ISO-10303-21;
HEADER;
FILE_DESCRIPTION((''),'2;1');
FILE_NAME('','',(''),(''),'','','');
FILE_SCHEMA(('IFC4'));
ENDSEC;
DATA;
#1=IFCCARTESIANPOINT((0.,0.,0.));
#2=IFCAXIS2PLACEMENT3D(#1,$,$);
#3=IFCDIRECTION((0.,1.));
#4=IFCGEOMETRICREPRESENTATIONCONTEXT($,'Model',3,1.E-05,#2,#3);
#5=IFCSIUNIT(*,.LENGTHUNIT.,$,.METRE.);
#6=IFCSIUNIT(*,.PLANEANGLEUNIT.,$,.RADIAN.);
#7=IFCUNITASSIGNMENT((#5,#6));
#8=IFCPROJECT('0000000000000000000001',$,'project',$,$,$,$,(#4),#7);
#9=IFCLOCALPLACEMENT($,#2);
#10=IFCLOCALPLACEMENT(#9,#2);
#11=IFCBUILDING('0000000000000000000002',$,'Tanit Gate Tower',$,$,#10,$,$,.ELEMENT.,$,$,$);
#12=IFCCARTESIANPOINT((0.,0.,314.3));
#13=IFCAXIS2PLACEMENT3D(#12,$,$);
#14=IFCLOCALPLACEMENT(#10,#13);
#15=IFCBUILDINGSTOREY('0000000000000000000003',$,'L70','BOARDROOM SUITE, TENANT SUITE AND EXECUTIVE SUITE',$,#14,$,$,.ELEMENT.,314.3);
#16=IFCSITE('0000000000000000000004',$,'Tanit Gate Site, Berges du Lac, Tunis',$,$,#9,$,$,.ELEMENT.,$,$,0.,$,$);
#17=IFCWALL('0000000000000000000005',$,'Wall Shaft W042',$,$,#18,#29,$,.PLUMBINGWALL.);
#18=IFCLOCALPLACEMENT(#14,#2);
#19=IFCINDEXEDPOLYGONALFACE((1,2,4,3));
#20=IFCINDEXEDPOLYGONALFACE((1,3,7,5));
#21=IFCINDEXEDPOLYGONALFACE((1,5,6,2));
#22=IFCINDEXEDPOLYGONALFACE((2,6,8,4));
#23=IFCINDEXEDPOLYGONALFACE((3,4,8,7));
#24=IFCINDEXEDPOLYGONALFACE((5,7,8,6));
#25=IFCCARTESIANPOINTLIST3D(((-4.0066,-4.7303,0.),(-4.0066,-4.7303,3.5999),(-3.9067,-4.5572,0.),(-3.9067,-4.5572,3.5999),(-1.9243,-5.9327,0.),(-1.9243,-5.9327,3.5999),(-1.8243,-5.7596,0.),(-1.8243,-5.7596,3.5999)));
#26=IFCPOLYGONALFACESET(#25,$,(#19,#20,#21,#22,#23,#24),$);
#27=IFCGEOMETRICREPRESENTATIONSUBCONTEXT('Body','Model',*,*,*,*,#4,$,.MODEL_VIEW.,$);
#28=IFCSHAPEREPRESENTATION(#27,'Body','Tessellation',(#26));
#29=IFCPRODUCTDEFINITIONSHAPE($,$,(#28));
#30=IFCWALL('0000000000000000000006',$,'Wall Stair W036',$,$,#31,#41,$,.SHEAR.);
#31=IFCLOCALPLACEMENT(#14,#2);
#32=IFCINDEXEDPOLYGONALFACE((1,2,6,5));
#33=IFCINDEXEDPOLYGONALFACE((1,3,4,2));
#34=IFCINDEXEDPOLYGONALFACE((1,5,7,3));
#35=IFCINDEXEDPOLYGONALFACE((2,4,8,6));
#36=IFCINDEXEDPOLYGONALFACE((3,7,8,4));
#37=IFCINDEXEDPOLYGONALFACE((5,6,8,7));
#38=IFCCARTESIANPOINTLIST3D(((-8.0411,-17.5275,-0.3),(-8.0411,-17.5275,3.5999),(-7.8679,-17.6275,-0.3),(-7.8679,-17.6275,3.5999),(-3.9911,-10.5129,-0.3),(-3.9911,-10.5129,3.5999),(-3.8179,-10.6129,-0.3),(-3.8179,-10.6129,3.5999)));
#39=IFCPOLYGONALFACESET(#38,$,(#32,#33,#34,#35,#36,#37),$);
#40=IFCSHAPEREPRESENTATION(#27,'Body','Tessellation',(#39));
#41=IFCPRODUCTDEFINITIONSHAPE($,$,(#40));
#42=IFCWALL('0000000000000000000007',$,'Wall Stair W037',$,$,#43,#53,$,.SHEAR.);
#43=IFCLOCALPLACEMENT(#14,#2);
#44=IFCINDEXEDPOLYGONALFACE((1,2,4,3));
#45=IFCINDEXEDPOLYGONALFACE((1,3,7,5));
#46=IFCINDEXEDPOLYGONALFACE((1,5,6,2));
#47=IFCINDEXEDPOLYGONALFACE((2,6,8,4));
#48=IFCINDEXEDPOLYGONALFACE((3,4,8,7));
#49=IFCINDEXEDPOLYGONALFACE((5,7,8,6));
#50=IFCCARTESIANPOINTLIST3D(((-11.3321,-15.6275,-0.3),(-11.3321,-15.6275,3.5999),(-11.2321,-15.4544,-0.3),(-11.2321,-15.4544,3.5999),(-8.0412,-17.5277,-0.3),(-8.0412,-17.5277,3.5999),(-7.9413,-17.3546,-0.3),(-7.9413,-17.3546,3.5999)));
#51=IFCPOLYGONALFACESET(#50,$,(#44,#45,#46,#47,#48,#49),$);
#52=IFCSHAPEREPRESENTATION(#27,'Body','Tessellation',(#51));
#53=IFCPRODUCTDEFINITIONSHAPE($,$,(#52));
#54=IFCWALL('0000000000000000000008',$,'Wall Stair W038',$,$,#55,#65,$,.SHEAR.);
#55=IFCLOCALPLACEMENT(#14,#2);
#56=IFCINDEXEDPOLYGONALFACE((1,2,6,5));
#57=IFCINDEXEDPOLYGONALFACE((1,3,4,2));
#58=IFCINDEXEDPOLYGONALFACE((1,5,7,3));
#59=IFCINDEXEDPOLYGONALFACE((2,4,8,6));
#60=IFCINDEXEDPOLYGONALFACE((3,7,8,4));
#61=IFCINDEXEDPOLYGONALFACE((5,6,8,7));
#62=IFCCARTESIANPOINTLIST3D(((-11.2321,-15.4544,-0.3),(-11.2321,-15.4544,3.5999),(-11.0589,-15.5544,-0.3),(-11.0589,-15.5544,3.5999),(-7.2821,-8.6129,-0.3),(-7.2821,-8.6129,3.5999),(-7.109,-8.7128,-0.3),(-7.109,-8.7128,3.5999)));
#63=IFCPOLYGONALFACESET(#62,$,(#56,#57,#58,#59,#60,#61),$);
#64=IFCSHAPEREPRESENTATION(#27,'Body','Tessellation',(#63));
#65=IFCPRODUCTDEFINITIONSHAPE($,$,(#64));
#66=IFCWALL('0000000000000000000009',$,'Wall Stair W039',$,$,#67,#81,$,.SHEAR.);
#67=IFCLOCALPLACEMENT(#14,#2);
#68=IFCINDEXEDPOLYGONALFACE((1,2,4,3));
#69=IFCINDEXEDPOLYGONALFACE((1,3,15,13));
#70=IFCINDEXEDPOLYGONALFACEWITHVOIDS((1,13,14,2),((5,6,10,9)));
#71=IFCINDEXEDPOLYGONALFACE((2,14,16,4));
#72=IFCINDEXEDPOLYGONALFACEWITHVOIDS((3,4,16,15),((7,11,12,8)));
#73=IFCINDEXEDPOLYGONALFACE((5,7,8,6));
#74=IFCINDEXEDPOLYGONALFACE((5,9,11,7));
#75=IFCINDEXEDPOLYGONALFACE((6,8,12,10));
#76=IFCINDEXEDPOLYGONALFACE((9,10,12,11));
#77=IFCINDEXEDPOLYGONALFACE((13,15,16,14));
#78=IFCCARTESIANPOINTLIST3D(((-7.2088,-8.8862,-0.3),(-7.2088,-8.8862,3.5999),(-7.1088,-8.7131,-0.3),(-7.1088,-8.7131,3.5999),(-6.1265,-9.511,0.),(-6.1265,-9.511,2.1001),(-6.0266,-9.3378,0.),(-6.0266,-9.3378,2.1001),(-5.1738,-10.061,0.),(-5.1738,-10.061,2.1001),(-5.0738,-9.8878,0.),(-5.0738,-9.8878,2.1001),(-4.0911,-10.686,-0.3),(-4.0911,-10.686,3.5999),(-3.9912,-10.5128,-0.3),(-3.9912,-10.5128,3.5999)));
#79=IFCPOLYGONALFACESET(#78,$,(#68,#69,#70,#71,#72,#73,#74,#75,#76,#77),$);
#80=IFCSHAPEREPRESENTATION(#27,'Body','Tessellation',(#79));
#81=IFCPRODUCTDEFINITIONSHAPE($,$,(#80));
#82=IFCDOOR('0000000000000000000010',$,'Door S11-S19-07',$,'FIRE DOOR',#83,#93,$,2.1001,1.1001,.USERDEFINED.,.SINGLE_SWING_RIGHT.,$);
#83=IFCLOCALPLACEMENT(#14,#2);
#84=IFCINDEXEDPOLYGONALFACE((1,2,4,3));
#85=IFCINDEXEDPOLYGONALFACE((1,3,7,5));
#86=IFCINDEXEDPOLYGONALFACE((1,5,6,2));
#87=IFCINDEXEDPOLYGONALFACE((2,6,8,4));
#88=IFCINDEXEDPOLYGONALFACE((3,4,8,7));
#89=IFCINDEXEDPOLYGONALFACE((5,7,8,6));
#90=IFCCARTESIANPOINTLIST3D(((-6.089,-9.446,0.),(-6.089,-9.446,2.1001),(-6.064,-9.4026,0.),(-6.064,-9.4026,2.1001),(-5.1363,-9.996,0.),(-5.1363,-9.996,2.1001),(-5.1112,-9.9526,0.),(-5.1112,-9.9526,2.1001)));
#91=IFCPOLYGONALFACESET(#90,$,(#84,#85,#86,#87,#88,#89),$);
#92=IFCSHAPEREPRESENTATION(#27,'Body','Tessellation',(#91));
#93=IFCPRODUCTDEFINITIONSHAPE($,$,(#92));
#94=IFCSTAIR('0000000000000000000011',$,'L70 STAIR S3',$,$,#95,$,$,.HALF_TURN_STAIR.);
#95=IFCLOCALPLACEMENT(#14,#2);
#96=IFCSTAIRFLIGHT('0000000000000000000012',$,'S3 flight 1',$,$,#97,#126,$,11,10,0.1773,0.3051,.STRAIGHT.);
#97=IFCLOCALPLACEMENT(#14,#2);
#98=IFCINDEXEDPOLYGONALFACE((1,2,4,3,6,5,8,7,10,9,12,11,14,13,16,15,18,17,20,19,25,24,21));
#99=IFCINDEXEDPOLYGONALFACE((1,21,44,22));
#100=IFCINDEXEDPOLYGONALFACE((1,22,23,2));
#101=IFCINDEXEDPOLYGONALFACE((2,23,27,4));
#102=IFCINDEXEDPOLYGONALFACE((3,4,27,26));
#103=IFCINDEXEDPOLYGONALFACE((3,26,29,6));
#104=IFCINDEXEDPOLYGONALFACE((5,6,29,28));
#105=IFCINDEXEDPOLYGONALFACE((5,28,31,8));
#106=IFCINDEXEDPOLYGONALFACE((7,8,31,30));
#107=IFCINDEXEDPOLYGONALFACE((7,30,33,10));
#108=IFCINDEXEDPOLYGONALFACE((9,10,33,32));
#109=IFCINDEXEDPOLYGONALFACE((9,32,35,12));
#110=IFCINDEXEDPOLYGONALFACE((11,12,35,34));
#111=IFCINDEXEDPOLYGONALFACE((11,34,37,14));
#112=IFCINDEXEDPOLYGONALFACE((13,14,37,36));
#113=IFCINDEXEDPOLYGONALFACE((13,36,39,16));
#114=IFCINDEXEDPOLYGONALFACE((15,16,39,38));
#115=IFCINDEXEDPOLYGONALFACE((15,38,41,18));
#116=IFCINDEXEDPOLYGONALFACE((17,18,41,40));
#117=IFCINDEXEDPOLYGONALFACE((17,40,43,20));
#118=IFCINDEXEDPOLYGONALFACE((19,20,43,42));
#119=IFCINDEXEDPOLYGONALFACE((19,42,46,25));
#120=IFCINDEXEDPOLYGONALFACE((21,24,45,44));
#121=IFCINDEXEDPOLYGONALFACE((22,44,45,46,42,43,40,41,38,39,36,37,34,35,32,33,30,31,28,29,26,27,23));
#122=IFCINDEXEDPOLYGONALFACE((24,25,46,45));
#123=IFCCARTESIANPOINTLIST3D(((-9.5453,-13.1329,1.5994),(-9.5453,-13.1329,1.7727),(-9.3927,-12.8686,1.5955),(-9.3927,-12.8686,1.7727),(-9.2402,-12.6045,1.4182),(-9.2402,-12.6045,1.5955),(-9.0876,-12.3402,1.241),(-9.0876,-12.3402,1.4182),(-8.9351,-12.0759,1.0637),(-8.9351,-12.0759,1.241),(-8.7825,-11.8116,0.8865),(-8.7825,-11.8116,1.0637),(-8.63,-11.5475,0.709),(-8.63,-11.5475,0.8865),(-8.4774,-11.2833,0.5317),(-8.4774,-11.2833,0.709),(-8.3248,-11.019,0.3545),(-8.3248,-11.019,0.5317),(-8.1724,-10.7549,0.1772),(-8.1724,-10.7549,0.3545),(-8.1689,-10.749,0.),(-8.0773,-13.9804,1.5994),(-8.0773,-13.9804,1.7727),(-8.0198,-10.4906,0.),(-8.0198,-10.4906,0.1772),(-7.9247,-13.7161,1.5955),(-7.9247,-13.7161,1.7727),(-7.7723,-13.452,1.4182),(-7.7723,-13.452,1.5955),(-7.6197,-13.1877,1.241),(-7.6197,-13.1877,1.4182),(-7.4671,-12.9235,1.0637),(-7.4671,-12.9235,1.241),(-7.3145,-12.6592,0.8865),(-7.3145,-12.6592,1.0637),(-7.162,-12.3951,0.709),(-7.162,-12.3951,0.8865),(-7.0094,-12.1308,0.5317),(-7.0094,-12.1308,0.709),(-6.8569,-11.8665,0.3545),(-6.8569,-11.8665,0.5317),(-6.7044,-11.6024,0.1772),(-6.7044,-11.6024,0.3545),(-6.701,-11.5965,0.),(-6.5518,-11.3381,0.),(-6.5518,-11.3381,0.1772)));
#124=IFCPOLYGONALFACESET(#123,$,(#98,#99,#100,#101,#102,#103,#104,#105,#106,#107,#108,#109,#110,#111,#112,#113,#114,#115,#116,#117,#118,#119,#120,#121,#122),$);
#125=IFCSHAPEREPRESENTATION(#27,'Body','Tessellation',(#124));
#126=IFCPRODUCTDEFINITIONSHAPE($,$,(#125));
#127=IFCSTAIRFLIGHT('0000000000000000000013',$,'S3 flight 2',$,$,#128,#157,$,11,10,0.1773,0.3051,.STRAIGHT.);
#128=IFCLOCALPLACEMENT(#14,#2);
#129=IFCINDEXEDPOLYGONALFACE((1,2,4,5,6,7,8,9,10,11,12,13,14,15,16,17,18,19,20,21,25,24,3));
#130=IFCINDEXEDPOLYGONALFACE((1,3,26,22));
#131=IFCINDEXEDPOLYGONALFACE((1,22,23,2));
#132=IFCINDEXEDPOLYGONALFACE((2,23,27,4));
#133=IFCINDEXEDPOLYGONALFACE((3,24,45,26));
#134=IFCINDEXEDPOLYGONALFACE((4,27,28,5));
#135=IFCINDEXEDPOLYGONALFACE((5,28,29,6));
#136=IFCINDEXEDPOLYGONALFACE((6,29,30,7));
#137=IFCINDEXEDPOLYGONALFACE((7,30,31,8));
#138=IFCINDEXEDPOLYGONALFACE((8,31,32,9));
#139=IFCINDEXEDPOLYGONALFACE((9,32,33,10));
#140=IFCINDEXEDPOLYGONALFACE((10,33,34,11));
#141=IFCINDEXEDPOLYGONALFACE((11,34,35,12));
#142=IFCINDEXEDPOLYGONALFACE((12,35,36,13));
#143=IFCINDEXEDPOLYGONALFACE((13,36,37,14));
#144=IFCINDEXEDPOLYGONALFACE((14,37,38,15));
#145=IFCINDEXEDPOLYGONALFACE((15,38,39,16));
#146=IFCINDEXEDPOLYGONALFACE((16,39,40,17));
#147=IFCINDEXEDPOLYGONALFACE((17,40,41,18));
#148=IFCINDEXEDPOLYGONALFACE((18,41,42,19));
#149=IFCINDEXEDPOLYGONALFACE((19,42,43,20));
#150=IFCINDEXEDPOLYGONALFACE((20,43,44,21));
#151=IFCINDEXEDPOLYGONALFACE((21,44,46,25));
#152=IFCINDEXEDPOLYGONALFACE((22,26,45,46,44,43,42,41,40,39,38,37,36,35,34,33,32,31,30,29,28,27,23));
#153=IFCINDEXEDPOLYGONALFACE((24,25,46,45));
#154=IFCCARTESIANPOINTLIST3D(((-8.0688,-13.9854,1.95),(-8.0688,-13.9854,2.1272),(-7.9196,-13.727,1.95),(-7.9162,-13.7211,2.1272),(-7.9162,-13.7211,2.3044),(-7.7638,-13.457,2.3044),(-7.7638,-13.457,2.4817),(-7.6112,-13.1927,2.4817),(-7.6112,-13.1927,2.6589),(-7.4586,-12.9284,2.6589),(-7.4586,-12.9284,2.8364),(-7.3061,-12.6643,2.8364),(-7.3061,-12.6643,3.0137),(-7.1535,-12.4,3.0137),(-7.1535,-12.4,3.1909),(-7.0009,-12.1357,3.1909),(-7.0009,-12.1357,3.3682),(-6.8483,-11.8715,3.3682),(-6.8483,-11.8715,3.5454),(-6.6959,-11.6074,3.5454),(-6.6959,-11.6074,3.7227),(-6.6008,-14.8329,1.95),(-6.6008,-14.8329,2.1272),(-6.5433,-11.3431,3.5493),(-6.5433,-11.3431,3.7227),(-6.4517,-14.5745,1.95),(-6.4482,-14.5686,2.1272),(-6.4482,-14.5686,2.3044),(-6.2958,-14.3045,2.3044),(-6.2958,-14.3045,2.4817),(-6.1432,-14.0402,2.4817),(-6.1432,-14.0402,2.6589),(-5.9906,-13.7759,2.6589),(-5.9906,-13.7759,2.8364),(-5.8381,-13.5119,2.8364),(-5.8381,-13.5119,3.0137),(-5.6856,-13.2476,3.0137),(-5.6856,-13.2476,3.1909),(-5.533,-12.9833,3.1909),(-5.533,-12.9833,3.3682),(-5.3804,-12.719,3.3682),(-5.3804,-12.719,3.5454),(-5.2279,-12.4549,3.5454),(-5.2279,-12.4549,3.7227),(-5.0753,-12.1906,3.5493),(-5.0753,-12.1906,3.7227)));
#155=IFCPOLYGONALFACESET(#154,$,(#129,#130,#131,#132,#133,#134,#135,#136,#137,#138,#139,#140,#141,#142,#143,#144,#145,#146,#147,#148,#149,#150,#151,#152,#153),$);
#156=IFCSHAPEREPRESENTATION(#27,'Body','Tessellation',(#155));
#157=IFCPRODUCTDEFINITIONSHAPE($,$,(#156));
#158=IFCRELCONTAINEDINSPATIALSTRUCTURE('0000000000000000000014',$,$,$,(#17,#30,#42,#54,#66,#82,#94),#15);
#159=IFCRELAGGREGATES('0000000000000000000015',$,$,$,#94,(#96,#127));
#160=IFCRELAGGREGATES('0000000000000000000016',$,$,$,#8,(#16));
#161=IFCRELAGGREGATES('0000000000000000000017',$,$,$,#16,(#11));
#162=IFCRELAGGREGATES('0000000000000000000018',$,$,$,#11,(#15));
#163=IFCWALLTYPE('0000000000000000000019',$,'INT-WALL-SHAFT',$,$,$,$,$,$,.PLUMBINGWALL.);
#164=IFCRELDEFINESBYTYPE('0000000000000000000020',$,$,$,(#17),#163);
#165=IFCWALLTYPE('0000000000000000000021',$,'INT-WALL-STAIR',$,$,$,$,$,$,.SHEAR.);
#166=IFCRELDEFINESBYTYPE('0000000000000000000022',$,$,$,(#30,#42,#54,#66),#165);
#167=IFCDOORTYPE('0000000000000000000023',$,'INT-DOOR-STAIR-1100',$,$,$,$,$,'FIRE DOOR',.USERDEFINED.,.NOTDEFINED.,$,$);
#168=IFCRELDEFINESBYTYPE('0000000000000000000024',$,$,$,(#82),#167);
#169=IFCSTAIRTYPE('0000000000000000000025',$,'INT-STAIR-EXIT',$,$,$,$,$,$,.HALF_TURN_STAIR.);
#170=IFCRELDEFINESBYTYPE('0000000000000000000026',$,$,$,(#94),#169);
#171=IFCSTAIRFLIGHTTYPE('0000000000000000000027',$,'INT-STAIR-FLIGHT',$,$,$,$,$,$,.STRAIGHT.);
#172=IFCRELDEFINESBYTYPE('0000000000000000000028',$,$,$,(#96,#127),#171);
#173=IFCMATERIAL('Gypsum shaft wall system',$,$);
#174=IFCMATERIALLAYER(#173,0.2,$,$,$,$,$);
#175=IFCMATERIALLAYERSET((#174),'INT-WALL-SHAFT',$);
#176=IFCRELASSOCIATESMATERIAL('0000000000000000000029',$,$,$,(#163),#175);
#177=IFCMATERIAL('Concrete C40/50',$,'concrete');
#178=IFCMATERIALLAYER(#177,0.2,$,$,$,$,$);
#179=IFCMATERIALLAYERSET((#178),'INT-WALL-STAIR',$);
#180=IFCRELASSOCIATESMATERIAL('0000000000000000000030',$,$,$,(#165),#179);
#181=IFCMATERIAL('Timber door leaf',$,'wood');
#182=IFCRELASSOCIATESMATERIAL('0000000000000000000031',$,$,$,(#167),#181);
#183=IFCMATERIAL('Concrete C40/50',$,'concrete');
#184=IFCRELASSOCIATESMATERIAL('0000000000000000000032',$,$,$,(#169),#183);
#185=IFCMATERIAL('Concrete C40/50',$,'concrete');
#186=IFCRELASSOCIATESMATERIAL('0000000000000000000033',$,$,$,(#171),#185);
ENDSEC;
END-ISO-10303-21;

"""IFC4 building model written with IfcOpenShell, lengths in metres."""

from ifc_helpers import new_model, si_unit, direction, frame, frame_2d, origin, place, context, subcontext, project, spatial, polyline, rectangle, outline, extrude, material, layer, layer_set, type_object, element, fill, aggregate, save


model = new_model("IFC4")

# Units and contexts
model_context = context("Model", 3, precision=1e-05, world=origin(), true_north=direction((0.0, 1.0)))
body_context = subcontext(model_context, "Body", "Model", "MODEL_VIEW")
ifc_project = project(units=[si_unit("LENGTHUNIT", "METRE"), si_unit("PLANEANGLEUNIT", "RADIAN")], contexts=[model_context])

# Site, building, storey
site_placement = place(None, origin())
site = spatial("IfcSite", under=ifc_project, at=site_placement, Name="Tanit Gate Site, Berges du Lac, Tunis", CompositionType="ELEMENT", RefElevation=0.0)
building_placement = place(site_placement, origin())
building = spatial("IfcBuilding", under=site, at=building_placement, Name="Tanit Gate Tower", CompositionType="ELEMENT")
storey_placement = place(building_placement, frame((0.0, 0.0, 314.3)))
storey = spatial("IfcBuildingStorey", under=building, at=storey_placement, Name="L70", Description="BOARDROOM SUITE, TENANT SUITE AND EXECUTIVE SUITE", CompositionType="ELEMENT", Elevation=314.3)

# Walls
ifc_material_1 = material(Name="Gypsum shaft wall system")
ifc_layer_1 = layer(ifc_material_1, 0.2)
ifc_layer_set_1 = layer_set([ifc_layer_1], Name="INT-WALL-SHAFT")
wall_type_1 = type_object("IfcWallType", Name="INT-WALL-SHAFT", PredefinedType="PLUMBINGWALL", material=ifc_layer_set_1)
wall_1_placement = place(storey_placement, frame((-3.9565, -4.6438, 0.0), z_axis=(0.0, 0.0, 1.0), x_axis=(0.865991, -0.500059, 0.0)))
element("IfcWall", 1, at=wall_1_placement, inside=storey, type_object=wall_type_1, Name="Wall Shaft W042", PredefinedType="PLUMBINGWALL", context=body_context, shape_type="SweptSolid", body=[
    extrude(rectangle(XDim=2.4045, YDim=0.2, at=frame_2d((1.2021, 0.0))), origin(), (0.0, 0.0, 1.0), 3.5999),
])
ifc_material_2 = material(Name="Concrete C40/50", Category="concrete")
ifc_layer_2 = layer(ifc_material_2, 0.2)
ifc_layer_set_2 = layer_set([ifc_layer_2], Name="INT-WALL-STAIR")
wall_type_2 = type_object("IfcWallType", Name="INT-WALL-STAIR", PredefinedType="SHEAR", material=ifc_layer_set_2)
wall_2_placement = place(storey_placement, frame((-3.9045, -10.563, -0.3), z_axis=(0.0, 0.0, 1.0), x_axis=(-0.500013, -0.866018, 0.0)))
element("IfcWall", 2, at=wall_2_placement, inside=storey, type_object=wall_type_2, Name="Wall Stair W036", PredefinedType="SHEAR", context=body_context, shape_type="SweptSolid", body=[
    extrude(rectangle(XDim=8.0999, YDim=0.2, at=frame_2d((4.0498, 0.0))), origin(), (0.0, 0.0, 1.0), 3.8999),
])
wall_3_placement = place(storey_placement, frame((-11.282, -15.541, -0.3), z_axis=(0.0, 0.0, 1.0), x_axis=(0.866, -0.500043, 0.0)))
element("IfcWall", 3, at=wall_3_placement, inside=storey, type_object=wall_type_2, Name="Wall Stair W037", PredefinedType="SHEAR", context=body_context, shape_type="SweptSolid", body=[
    extrude(rectangle(XDim=3.8, YDim=0.2, at=frame_2d((1.8999, 0.0))), origin(), (0.0, 0.0, 1.0), 3.8999),
])
wall_4_placement = place(storey_placement, frame((-7.1956, -8.6628, -0.3), z_axis=(0.0, 0.0, 1.0), x_axis=(-0.499998, -0.866027, 0.0)))
element("IfcWall", 4, at=wall_4_placement, inside=storey, type_object=wall_type_2, Name="Wall Stair W038", PredefinedType="SHEAR", context=body_context, shape_type="SweptSolid", body=[
    extrude(rectangle(XDim=7.8999, YDim=0.2, at=frame_2d((3.95, 0.0))), origin(), (0.0, 0.0, 1.0), 3.8999),
])

# Wall, opening, door
wall_5_placement = place(storey_placement, frame((-4.0413, -10.5994, -0.3), z_axis=(0.0, 0.0, 1.0), x_axis=(-0.866048, 0.499961, 0.0)))
wall_5 = element("IfcWall", 5, at=wall_5_placement, inside=storey, type_object=wall_type_2, Name="Wall Stair W039", PredefinedType="SHEAR", context=body_context, shape_type="SweptSolid", body=[
    extrude(rectangle(XDim=3.5999, YDim=0.2, at=frame_2d((1.7998, 0.0))), origin(), (0.0, 0.0, 1.0), 3.8999),
])
opening_1_placement = place(wall_5_placement, frame((1.25, 0.0, 0.3)))
opening_1 = element("IfcOpeningElement", 6, at=opening_1_placement, cuts=wall_5, PredefinedType="OPENING", context=body_context, shape_type="SweptSolid", body=[
    extrude(rectangle(XDim=1.1001, YDim=2.1001, at=frame_2d((0.55, 1.05))), frame((0.0, 0.1099, 0.0), z_axis=(0.0, -1.0, 0.0), x_axis=(1.0, 0.0, 0.0)), (0.0, 0.0, 1.0), 0.22),
])
ifc_material_3 = material(Name="Timber door leaf", Category="wood")
door_type_1 = type_object("IfcDoorType", Name="INT-DOOR-STAIR-1100", ElementType="FIRE DOOR", OperationType="NOTDEFINED", PredefinedType="USERDEFINED", material=ifc_material_3)
door_1_placement = place(opening_1_placement, origin())
door_1 = element("IfcDoor", 7, at=door_1_placement, inside=storey, type_object=door_type_1, Name="Door S11-S19-07", ObjectType="FIRE DOOR", OperationType="SINGLE_SWING_RIGHT", OverallHeight=2.1001, OverallWidth=1.1001, PredefinedType="USERDEFINED", context=body_context, shape_type="SweptSolid", body=[
    extrude(rectangle(XDim=1.1001, YDim=2.1001, at=frame_2d((0.55, 1.05))), frame((0.0, 0.0249, 0.0), z_axis=(0.0, -1.0, 0.0), x_axis=(1.0, 0.0, 0.0)), (0.0, 0.0, 1.0), 0.05),
])
fill(opening_1, door_1)

# Stair, stair flights
ifc_material_4 = material(Name="Concrete C40/50", Category="concrete")
stair_type = type_object("IfcStairType", Name="INT-STAIR-EXIT", PredefinedType="HALF_TURN_STAIR", material=ifc_material_4)
stair_placement = place(storey_placement, origin())
stair = element("IfcStair", 8, at=stair_placement, inside=storey, type_object=stair_type, Name="L70 STAIR S3", PredefinedType="HALF_TURN_STAIR")
ifc_material_5 = material(Name="Concrete C40/50", Category="concrete")
stair_flight_type = type_object("IfcStairFlightType", Name="INT-STAIR-FLIGHT", PredefinedType="STRAIGHT", material=ifc_material_5)
stair_flight_1_placement = place(storey_placement, frame((-7.2859, -10.9143, 0.0), z_axis=(0.0, 0.0, 1.0), x_axis=(-0.5, -0.866025, 0.0)))
stair_flight_1 = element("IfcStairFlight", 9, at=stair_flight_1_placement, type_object=stair_flight_type, Name="S3 flight 1", NumberOfRisers=11, NumberOfTreads=10, PredefinedType="STRAIGHT", RiserHeight=0.1773, TreadLength=0.3051, context=body_context, shape_type="SweptSolid", body=[
    extrude(outline(polyline([(0.0, 0.0), (0.0, 0.1772), (0.3052, 0.1772), (0.3052, 0.3545), (0.6101, 0.3545), (0.6101, 0.5317), (0.9153, 0.5317), (0.9153, 0.709), (1.2205, 0.709), (1.2205, 0.8865), (1.5254, 0.8865), (1.5254, 1.0637), (1.8306, 1.0637), (1.8306, 1.241), (2.1357, 1.241), (2.1357, 1.4182), (2.4409, 1.4182), (2.4409, 1.5955), (2.7458, 1.5955), (2.7458, 1.7727), (3.051, 1.7727), (3.051, 1.95), (3.051, 1.5994), (0.2983, 0.0), (0.0, 0.0)])), frame((0.0, 0.8477, 0.0), z_axis=(0.0, -1.0, 0.0), x_axis=(1.0, 0.0, 0.0)), (0.0, 0.0, 1.0), 1.6951),
])
stair_flight_2_placement = place(storey_placement, frame((-7.3347, -14.4092, 1.95), z_axis=(0.0, 0.0, 1.0), x_axis=(0.5, 0.866025, 0.0)))
stair_flight_2 = element("IfcStairFlight", 10, at=stair_flight_2_placement, type_object=stair_flight_type, Name="S3 flight 2", NumberOfRisers=11, NumberOfTreads=10, PredefinedType="STRAIGHT", RiserHeight=0.1773, TreadLength=0.3051, context=body_context, shape_type="SweptSolid", body=[
    extrude(outline(polyline([(0.0, 0.0), (0.0, 0.1772), (0.3052, 0.1772), (0.3052, 0.3545), (0.6101, 0.3545), (0.6101, 0.5317), (0.9153, 0.5317), (0.9153, 0.709), (1.2205, 0.709), (1.2205, 0.8865), (1.5254, 0.8865), (1.5254, 1.0637), (1.8306, 1.0637), (1.8306, 1.241), (2.1357, 1.241), (2.1357, 1.4182), (2.4409, 1.4182), (2.4409, 1.5955), (2.7458, 1.5955), (2.7458, 1.7727), (3.051, 1.7727), (3.051, 1.95), (3.051, 1.5994), (0.2983, 0.0), (0.0, 0.0)])), frame((0.0, 0.8477, 0.0), z_axis=(0.0, -1.0, 0.0), x_axis=(1.0, 0.0, 0.0)), (0.0, 0.0, 1.0), 1.6951),
])
aggregate(stair, [stair_flight_1, stair_flight_2])

save(model, "model.ifc")
